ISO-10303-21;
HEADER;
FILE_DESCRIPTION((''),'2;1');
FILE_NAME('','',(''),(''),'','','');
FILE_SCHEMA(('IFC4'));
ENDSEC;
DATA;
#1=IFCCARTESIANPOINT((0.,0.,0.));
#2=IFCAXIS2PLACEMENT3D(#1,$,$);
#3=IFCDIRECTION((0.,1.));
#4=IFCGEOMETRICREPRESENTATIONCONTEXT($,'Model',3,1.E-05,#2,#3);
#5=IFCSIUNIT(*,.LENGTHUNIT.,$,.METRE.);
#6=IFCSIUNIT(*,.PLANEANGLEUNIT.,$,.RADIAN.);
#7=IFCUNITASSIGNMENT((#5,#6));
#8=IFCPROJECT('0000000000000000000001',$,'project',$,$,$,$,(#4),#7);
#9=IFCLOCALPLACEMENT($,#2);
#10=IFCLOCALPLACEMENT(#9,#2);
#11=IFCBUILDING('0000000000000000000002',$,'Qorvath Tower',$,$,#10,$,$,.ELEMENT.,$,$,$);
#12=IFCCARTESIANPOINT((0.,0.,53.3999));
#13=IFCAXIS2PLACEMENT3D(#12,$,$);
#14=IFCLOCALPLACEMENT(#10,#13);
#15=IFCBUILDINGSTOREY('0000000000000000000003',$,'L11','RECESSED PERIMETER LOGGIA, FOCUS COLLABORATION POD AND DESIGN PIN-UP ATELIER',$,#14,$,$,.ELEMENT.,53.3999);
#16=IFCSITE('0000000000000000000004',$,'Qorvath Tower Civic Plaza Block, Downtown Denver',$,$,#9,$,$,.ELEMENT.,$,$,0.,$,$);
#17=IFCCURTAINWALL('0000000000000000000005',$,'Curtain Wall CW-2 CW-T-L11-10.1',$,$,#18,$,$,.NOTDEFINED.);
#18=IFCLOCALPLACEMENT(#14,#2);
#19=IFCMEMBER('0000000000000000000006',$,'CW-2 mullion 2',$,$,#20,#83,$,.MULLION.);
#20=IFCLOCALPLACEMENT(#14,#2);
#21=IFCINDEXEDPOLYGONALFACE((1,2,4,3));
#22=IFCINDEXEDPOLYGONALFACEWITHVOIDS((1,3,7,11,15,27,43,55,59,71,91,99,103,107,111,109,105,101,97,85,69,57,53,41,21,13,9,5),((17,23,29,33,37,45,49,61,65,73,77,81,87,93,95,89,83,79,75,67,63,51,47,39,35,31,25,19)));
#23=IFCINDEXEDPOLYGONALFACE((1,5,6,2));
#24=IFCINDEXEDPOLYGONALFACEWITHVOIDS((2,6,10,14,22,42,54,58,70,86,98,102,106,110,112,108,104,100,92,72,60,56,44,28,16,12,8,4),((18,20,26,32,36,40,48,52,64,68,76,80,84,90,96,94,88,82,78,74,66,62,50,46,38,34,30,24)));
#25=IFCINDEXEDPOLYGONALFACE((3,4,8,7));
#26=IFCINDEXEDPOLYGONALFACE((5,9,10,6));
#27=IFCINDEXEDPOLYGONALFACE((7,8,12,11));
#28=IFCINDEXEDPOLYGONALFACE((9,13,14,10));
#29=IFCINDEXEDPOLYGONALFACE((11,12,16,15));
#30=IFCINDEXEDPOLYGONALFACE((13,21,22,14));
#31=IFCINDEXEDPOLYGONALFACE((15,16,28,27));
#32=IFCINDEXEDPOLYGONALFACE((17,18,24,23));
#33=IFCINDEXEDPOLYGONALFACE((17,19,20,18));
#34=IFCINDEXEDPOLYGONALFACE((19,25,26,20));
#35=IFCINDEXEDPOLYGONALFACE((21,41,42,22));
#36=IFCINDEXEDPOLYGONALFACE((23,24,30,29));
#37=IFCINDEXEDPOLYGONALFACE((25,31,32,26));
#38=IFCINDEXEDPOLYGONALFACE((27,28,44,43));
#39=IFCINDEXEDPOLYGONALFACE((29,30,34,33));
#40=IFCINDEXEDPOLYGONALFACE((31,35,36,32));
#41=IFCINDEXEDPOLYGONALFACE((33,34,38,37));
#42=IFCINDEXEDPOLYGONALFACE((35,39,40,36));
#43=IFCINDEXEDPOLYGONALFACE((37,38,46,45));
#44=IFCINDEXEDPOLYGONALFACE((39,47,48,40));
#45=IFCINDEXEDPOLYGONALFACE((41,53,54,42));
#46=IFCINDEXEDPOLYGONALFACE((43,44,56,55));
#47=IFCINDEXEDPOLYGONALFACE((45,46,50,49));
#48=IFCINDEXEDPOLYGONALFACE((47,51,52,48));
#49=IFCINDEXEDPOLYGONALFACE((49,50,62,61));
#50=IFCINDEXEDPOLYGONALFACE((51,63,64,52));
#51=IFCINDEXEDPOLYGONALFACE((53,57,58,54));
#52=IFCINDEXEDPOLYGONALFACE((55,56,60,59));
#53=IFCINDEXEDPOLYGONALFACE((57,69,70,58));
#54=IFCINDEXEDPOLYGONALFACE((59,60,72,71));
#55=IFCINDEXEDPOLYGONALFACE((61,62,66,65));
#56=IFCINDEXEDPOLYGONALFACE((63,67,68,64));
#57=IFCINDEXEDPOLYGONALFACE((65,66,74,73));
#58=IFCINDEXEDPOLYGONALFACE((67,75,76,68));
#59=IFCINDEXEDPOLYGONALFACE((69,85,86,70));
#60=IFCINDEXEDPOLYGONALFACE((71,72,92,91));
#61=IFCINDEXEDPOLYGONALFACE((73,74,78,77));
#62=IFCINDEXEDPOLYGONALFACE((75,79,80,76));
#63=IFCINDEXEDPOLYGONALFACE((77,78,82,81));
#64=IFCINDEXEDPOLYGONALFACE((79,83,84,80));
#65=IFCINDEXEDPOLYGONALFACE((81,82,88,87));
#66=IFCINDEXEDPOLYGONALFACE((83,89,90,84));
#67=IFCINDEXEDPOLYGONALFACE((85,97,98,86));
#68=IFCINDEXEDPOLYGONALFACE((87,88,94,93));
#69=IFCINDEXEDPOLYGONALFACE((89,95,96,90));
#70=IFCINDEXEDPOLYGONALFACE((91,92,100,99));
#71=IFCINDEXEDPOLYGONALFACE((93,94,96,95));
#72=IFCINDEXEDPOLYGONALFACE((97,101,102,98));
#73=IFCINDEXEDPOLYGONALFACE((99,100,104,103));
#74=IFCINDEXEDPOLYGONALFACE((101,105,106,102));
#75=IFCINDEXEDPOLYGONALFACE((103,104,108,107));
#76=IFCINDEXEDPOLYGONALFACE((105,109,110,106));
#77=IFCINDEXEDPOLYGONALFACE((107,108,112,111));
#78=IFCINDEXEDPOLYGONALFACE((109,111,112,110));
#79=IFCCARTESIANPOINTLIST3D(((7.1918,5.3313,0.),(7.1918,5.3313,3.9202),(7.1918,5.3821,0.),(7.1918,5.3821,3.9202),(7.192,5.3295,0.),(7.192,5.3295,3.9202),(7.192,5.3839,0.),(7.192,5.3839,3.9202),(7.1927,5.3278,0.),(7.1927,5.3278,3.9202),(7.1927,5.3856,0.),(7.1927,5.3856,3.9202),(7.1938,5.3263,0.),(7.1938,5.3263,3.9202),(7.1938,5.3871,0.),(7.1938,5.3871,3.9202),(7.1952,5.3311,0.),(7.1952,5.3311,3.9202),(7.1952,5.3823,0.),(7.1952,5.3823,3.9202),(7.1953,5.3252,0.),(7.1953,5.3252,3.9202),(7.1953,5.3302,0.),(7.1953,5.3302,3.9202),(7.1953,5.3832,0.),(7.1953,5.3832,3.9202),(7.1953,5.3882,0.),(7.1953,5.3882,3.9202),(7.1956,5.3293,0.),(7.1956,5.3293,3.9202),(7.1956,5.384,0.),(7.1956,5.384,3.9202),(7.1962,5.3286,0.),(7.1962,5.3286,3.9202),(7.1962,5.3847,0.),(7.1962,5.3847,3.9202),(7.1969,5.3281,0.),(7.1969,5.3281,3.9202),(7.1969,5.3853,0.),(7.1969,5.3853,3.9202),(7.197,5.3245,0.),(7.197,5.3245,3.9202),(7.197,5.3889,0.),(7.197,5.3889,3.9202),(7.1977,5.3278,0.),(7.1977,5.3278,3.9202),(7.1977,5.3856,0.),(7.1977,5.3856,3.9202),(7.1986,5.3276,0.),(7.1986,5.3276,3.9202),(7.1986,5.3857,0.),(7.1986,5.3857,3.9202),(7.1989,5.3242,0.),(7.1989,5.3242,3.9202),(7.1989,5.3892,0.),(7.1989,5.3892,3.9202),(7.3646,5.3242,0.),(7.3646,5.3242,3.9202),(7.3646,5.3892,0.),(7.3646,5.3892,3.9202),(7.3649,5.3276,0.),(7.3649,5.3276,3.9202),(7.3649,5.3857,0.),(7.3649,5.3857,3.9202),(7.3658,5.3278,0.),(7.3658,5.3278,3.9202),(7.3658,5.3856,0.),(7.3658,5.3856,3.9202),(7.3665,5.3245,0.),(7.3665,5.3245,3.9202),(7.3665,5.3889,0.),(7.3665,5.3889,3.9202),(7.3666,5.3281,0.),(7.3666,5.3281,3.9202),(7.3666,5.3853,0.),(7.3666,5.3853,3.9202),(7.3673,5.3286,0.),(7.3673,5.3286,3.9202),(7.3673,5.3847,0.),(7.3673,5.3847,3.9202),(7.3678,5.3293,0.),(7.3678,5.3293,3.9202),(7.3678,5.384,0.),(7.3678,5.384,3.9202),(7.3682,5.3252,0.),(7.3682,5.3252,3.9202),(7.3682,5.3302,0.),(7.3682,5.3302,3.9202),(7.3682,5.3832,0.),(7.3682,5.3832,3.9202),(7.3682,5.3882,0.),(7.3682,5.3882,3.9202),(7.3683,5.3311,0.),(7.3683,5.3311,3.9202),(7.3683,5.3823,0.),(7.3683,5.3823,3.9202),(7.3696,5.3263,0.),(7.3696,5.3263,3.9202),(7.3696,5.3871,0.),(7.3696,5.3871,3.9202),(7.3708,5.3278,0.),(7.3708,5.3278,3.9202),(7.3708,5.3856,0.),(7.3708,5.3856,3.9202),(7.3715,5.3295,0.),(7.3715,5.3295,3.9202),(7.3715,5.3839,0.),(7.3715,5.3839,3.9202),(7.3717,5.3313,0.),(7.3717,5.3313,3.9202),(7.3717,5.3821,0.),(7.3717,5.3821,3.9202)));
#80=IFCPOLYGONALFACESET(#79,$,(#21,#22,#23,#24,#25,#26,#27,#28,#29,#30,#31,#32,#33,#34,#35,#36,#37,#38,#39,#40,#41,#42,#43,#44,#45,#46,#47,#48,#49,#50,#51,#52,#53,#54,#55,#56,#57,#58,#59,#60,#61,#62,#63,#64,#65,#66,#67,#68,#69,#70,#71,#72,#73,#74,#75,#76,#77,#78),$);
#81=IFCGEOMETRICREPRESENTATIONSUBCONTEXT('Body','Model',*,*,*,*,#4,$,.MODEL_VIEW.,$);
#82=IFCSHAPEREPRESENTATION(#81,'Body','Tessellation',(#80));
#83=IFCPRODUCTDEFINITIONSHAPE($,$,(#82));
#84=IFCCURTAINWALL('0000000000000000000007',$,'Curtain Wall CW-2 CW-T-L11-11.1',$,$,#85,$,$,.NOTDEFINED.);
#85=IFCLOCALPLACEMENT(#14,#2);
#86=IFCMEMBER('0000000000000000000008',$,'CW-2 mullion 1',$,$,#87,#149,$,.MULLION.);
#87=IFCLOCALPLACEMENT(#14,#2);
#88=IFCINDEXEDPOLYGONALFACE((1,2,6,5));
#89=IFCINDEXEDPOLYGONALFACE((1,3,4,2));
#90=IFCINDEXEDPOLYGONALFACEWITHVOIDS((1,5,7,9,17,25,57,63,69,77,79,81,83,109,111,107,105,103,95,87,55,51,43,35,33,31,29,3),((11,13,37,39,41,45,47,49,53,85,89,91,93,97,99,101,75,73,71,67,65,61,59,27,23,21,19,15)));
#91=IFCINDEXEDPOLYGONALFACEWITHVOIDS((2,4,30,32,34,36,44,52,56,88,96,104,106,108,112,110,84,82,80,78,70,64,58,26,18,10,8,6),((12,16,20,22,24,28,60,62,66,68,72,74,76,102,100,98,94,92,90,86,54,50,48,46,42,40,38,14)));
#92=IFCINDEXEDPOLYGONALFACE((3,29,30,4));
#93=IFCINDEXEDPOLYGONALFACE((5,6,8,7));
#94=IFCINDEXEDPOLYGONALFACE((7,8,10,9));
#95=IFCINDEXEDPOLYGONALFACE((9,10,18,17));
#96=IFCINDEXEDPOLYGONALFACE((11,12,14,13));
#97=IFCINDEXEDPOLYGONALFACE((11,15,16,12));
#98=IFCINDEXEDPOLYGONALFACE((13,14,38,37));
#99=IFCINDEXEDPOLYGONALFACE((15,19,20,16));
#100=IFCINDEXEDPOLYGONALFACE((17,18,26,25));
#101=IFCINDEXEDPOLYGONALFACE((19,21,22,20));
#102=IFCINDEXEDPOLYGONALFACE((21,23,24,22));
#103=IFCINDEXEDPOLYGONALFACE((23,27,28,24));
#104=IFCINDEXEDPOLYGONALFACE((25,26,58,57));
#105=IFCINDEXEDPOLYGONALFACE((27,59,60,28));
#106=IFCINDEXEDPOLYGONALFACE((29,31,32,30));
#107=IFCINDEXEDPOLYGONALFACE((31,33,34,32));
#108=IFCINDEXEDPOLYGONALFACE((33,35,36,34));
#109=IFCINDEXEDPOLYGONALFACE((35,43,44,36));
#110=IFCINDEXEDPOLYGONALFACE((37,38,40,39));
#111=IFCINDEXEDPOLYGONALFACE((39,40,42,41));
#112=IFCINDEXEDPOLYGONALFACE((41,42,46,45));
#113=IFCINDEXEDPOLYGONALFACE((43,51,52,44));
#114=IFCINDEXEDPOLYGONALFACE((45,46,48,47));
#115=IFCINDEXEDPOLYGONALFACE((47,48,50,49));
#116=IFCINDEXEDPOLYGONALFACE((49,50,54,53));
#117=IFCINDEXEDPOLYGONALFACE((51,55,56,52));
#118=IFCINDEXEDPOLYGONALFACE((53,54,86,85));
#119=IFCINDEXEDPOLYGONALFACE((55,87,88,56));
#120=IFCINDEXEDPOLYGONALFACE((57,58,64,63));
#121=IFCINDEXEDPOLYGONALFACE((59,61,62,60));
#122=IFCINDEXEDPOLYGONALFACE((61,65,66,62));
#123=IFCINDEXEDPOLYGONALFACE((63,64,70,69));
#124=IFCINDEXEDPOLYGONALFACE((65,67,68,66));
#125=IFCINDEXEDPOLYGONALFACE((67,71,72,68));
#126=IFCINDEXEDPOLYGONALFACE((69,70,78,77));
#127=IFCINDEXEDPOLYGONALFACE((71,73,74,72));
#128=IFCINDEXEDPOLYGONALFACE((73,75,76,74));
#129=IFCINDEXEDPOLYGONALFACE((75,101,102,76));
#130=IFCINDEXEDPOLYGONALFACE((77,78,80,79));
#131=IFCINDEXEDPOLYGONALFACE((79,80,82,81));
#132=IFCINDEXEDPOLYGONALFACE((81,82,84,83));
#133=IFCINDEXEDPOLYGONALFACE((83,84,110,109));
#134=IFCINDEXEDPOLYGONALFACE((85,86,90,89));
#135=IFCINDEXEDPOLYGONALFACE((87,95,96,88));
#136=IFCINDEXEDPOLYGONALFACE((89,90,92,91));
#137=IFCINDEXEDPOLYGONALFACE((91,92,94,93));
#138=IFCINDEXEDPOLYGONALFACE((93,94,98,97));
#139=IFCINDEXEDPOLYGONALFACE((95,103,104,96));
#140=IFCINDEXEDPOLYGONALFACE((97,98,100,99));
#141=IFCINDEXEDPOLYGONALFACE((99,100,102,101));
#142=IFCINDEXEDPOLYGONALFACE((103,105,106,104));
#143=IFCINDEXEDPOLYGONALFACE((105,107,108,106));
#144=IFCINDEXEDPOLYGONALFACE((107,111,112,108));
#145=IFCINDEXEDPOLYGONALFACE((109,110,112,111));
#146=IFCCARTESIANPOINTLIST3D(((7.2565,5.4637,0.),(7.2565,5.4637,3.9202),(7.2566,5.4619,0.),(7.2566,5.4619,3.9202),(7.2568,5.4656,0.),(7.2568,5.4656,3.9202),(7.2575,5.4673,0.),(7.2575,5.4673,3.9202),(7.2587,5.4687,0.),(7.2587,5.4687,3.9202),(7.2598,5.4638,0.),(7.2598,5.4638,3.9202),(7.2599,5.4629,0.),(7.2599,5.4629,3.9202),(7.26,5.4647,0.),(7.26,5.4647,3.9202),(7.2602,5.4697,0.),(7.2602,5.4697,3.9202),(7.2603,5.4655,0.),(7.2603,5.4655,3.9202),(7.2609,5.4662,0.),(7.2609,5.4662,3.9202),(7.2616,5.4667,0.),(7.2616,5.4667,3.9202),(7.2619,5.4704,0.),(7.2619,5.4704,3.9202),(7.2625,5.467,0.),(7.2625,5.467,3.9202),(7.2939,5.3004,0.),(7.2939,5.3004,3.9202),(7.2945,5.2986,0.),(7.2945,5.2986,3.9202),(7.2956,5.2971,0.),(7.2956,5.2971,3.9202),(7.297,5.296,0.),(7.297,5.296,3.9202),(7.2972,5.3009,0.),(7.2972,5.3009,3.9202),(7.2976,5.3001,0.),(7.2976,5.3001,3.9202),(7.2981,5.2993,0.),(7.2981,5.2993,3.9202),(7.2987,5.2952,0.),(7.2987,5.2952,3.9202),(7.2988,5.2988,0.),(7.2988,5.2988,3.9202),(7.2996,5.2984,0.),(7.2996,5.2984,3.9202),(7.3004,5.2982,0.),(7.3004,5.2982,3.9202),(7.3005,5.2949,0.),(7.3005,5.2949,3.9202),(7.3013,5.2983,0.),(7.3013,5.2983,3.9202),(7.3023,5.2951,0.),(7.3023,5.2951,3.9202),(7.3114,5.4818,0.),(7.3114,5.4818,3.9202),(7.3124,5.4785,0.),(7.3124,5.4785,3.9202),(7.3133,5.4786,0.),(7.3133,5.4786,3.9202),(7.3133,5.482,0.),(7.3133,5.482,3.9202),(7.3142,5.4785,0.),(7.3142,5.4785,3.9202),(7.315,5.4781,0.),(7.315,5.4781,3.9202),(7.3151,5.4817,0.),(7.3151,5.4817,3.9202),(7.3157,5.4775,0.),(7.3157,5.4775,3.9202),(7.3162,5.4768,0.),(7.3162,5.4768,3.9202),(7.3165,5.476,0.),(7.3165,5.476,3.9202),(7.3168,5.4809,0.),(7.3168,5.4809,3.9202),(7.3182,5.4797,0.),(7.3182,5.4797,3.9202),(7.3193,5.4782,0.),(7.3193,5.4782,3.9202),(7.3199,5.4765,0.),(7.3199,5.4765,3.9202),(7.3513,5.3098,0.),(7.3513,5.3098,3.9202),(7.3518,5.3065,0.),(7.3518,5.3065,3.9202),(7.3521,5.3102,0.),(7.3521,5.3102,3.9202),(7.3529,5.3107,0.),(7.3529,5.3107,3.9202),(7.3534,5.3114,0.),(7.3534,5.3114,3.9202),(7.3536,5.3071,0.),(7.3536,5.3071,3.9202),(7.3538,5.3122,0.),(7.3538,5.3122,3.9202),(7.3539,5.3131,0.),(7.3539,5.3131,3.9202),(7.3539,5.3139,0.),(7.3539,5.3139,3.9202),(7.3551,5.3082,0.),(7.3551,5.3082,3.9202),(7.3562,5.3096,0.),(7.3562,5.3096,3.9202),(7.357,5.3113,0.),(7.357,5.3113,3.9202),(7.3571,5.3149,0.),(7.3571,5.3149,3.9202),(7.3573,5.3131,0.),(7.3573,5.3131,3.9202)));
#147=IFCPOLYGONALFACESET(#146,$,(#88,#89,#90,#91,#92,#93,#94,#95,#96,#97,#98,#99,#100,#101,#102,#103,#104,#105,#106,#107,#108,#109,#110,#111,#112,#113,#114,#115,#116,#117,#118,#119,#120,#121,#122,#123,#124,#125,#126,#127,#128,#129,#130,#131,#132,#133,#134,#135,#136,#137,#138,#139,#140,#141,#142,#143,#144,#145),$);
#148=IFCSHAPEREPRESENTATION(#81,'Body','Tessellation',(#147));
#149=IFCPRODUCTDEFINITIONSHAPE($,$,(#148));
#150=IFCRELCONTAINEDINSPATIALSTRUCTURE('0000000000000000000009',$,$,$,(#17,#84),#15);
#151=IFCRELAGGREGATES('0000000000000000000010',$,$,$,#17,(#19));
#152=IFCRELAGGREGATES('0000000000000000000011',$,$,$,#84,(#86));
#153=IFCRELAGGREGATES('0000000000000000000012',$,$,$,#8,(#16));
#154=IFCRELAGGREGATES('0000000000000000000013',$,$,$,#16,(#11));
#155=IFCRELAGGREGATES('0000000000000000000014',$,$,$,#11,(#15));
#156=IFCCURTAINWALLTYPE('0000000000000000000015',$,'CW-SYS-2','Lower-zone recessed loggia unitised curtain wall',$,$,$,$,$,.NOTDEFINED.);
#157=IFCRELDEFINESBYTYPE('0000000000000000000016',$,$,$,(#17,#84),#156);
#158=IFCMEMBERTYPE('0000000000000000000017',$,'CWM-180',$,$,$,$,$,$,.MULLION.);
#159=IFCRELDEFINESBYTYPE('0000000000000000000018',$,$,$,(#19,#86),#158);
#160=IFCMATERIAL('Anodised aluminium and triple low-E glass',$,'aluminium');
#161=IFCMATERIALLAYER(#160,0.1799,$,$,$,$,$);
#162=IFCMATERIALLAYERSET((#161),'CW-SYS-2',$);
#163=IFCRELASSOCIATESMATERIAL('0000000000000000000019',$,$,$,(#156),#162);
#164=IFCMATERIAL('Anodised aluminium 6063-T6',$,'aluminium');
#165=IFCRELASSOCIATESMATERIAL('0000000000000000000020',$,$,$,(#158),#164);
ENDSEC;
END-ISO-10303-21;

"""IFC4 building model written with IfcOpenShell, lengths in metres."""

from ifc_helpers import new_model, si_unit, direction, frame, origin, origin_2d, place, context, subcontext, project, spatial, hollow_rectangle, extrude, material, layer, layer_set, material_profile, profile_set, type_object, element, aggregate, save


model = new_model("IFC4")

# Units and contexts
model_context = context("Model", 3, precision=1e-05, world=origin(), true_north=direction((0.0, 1.0)))
body_context = subcontext(model_context, "Body", "Model", "MODEL_VIEW")
ifc_project = project(units=[si_unit("LENGTHUNIT", "METRE"), si_unit("PLANEANGLEUNIT", "RADIAN")], contexts=[model_context])

# Site, building, storey
site_placement = place(None, origin())
site = spatial("IfcSite", under=ifc_project, at=site_placement, Name="Qorvath Tower Civic Plaza Block, Downtown Denver", CompositionType="ELEMENT", RefElevation=0.0)
building_placement = place(site_placement, origin())
building = spatial("IfcBuilding", under=site, at=building_placement, Name="Qorvath Tower", CompositionType="ELEMENT")
storey_placement = place(building_placement, frame((0.0, 0.0, 53.3999)))
storey = spatial("IfcBuildingStorey", under=building, at=storey_placement, Name="L11", Description="RECESSED PERIMETER LOGGIA, FOCUS COLLABORATION POD AND DESIGN PIN-UP ATELIER", CompositionType="ELEMENT", Elevation=53.3999)

# Curtain walls, members
ifc_material_1 = material(Name="Anodised aluminium and triple low-E glass", Category="aluminium")
ifc_layer_1 = layer(ifc_material_1, 0.1799)
ifc_layer_set_1 = layer_set([ifc_layer_1], Name="CW-SYS-2")
curtain_wall_type = type_object("IfcCurtainWallType", Name="CW-SYS-2", Description="Lower-zone recessed loggia unitised curtain wall", PredefinedType="NOTDEFINED", material=ifc_layer_set_1)
curtain_wall_1_placement = place(storey_placement, origin())
curtain_wall_1 = element("IfcCurtainWall", 1, at=curtain_wall_1_placement, inside=storey, type_object=curtain_wall_type, Name="Curtain Wall CW-2 CW-T-L11-10.1", PredefinedType="NOTDEFINED")
ifc_material_2 = material(Name="Anodised aluminium 6063-T6", Category="aluminium")
ifc_material_profile_1 = material_profile(ifc_material_2, hollow_rectangle(XDim=0.0649, YDim=0.1799, WallThickness=0.0034, InnerFilletRadius=0.0034, OuterFilletRadius=0.0071, at=origin_2d()), Name="CWM 180x65")
ifc_profile_set_1 = profile_set([ifc_material_profile_1], Name="Anodised aluminium 6063-T6")
member_type_1 = type_object("IfcMemberType", Name="CWM-180", PredefinedType="MULLION", material=ifc_profile_set_1)
member_1_placement = place(storey_placement, frame((7.2817, 5.3567, 0.0), z_axis=(0.0, 0.0, 1.0), x_axis=(0.0, 1.0, 0.0)))
member_1 = element("IfcMember", 2, at=member_1_placement, type_object=member_type_1, Name="CW-2 mullion 2", PredefinedType="MULLION", context=body_context, shape_type="SweptSolid", body=[
    extrude(hollow_rectangle(XDim=0.0649, YDim=0.1799, WallThickness=0.0034, InnerFilletRadius=0.0034, OuterFilletRadius=0.0071, at=origin_2d()), origin(), (0.0, 0.0, 1.0), 3.9202),
])
curtain_wall_2_placement = place(storey_placement, origin())
curtain_wall_2 = element("IfcCurtainWall", 3, at=curtain_wall_2_placement, inside=storey, type_object=curtain_wall_type, Name="Curtain Wall CW-2 CW-T-L11-11.1", PredefinedType="NOTDEFINED")
member_2_placement = place(storey_placement, frame((7.3069, 5.3884, 0.0), z_axis=(0.0, 0.0, 1.0), x_axis=(-0.974466, -0.224535, 0.0)))
member_2 = element("IfcMember", 4, at=member_2_placement, type_object=member_type_1, Name="CW-2 mullion 1", PredefinedType="MULLION", context=body_context, shape_type="SweptSolid", body=[
    extrude(hollow_rectangle(XDim=0.0649, YDim=0.1799, WallThickness=0.0034, InnerFilletRadius=0.0034, OuterFilletRadius=0.0071, at=origin_2d()), origin(), (0.0, 0.0, 1.0), 3.9202),
])

aggregate(curtain_wall_1, [member_1])
aggregate(curtain_wall_2, [member_2])

save(model, "model.ifc")
